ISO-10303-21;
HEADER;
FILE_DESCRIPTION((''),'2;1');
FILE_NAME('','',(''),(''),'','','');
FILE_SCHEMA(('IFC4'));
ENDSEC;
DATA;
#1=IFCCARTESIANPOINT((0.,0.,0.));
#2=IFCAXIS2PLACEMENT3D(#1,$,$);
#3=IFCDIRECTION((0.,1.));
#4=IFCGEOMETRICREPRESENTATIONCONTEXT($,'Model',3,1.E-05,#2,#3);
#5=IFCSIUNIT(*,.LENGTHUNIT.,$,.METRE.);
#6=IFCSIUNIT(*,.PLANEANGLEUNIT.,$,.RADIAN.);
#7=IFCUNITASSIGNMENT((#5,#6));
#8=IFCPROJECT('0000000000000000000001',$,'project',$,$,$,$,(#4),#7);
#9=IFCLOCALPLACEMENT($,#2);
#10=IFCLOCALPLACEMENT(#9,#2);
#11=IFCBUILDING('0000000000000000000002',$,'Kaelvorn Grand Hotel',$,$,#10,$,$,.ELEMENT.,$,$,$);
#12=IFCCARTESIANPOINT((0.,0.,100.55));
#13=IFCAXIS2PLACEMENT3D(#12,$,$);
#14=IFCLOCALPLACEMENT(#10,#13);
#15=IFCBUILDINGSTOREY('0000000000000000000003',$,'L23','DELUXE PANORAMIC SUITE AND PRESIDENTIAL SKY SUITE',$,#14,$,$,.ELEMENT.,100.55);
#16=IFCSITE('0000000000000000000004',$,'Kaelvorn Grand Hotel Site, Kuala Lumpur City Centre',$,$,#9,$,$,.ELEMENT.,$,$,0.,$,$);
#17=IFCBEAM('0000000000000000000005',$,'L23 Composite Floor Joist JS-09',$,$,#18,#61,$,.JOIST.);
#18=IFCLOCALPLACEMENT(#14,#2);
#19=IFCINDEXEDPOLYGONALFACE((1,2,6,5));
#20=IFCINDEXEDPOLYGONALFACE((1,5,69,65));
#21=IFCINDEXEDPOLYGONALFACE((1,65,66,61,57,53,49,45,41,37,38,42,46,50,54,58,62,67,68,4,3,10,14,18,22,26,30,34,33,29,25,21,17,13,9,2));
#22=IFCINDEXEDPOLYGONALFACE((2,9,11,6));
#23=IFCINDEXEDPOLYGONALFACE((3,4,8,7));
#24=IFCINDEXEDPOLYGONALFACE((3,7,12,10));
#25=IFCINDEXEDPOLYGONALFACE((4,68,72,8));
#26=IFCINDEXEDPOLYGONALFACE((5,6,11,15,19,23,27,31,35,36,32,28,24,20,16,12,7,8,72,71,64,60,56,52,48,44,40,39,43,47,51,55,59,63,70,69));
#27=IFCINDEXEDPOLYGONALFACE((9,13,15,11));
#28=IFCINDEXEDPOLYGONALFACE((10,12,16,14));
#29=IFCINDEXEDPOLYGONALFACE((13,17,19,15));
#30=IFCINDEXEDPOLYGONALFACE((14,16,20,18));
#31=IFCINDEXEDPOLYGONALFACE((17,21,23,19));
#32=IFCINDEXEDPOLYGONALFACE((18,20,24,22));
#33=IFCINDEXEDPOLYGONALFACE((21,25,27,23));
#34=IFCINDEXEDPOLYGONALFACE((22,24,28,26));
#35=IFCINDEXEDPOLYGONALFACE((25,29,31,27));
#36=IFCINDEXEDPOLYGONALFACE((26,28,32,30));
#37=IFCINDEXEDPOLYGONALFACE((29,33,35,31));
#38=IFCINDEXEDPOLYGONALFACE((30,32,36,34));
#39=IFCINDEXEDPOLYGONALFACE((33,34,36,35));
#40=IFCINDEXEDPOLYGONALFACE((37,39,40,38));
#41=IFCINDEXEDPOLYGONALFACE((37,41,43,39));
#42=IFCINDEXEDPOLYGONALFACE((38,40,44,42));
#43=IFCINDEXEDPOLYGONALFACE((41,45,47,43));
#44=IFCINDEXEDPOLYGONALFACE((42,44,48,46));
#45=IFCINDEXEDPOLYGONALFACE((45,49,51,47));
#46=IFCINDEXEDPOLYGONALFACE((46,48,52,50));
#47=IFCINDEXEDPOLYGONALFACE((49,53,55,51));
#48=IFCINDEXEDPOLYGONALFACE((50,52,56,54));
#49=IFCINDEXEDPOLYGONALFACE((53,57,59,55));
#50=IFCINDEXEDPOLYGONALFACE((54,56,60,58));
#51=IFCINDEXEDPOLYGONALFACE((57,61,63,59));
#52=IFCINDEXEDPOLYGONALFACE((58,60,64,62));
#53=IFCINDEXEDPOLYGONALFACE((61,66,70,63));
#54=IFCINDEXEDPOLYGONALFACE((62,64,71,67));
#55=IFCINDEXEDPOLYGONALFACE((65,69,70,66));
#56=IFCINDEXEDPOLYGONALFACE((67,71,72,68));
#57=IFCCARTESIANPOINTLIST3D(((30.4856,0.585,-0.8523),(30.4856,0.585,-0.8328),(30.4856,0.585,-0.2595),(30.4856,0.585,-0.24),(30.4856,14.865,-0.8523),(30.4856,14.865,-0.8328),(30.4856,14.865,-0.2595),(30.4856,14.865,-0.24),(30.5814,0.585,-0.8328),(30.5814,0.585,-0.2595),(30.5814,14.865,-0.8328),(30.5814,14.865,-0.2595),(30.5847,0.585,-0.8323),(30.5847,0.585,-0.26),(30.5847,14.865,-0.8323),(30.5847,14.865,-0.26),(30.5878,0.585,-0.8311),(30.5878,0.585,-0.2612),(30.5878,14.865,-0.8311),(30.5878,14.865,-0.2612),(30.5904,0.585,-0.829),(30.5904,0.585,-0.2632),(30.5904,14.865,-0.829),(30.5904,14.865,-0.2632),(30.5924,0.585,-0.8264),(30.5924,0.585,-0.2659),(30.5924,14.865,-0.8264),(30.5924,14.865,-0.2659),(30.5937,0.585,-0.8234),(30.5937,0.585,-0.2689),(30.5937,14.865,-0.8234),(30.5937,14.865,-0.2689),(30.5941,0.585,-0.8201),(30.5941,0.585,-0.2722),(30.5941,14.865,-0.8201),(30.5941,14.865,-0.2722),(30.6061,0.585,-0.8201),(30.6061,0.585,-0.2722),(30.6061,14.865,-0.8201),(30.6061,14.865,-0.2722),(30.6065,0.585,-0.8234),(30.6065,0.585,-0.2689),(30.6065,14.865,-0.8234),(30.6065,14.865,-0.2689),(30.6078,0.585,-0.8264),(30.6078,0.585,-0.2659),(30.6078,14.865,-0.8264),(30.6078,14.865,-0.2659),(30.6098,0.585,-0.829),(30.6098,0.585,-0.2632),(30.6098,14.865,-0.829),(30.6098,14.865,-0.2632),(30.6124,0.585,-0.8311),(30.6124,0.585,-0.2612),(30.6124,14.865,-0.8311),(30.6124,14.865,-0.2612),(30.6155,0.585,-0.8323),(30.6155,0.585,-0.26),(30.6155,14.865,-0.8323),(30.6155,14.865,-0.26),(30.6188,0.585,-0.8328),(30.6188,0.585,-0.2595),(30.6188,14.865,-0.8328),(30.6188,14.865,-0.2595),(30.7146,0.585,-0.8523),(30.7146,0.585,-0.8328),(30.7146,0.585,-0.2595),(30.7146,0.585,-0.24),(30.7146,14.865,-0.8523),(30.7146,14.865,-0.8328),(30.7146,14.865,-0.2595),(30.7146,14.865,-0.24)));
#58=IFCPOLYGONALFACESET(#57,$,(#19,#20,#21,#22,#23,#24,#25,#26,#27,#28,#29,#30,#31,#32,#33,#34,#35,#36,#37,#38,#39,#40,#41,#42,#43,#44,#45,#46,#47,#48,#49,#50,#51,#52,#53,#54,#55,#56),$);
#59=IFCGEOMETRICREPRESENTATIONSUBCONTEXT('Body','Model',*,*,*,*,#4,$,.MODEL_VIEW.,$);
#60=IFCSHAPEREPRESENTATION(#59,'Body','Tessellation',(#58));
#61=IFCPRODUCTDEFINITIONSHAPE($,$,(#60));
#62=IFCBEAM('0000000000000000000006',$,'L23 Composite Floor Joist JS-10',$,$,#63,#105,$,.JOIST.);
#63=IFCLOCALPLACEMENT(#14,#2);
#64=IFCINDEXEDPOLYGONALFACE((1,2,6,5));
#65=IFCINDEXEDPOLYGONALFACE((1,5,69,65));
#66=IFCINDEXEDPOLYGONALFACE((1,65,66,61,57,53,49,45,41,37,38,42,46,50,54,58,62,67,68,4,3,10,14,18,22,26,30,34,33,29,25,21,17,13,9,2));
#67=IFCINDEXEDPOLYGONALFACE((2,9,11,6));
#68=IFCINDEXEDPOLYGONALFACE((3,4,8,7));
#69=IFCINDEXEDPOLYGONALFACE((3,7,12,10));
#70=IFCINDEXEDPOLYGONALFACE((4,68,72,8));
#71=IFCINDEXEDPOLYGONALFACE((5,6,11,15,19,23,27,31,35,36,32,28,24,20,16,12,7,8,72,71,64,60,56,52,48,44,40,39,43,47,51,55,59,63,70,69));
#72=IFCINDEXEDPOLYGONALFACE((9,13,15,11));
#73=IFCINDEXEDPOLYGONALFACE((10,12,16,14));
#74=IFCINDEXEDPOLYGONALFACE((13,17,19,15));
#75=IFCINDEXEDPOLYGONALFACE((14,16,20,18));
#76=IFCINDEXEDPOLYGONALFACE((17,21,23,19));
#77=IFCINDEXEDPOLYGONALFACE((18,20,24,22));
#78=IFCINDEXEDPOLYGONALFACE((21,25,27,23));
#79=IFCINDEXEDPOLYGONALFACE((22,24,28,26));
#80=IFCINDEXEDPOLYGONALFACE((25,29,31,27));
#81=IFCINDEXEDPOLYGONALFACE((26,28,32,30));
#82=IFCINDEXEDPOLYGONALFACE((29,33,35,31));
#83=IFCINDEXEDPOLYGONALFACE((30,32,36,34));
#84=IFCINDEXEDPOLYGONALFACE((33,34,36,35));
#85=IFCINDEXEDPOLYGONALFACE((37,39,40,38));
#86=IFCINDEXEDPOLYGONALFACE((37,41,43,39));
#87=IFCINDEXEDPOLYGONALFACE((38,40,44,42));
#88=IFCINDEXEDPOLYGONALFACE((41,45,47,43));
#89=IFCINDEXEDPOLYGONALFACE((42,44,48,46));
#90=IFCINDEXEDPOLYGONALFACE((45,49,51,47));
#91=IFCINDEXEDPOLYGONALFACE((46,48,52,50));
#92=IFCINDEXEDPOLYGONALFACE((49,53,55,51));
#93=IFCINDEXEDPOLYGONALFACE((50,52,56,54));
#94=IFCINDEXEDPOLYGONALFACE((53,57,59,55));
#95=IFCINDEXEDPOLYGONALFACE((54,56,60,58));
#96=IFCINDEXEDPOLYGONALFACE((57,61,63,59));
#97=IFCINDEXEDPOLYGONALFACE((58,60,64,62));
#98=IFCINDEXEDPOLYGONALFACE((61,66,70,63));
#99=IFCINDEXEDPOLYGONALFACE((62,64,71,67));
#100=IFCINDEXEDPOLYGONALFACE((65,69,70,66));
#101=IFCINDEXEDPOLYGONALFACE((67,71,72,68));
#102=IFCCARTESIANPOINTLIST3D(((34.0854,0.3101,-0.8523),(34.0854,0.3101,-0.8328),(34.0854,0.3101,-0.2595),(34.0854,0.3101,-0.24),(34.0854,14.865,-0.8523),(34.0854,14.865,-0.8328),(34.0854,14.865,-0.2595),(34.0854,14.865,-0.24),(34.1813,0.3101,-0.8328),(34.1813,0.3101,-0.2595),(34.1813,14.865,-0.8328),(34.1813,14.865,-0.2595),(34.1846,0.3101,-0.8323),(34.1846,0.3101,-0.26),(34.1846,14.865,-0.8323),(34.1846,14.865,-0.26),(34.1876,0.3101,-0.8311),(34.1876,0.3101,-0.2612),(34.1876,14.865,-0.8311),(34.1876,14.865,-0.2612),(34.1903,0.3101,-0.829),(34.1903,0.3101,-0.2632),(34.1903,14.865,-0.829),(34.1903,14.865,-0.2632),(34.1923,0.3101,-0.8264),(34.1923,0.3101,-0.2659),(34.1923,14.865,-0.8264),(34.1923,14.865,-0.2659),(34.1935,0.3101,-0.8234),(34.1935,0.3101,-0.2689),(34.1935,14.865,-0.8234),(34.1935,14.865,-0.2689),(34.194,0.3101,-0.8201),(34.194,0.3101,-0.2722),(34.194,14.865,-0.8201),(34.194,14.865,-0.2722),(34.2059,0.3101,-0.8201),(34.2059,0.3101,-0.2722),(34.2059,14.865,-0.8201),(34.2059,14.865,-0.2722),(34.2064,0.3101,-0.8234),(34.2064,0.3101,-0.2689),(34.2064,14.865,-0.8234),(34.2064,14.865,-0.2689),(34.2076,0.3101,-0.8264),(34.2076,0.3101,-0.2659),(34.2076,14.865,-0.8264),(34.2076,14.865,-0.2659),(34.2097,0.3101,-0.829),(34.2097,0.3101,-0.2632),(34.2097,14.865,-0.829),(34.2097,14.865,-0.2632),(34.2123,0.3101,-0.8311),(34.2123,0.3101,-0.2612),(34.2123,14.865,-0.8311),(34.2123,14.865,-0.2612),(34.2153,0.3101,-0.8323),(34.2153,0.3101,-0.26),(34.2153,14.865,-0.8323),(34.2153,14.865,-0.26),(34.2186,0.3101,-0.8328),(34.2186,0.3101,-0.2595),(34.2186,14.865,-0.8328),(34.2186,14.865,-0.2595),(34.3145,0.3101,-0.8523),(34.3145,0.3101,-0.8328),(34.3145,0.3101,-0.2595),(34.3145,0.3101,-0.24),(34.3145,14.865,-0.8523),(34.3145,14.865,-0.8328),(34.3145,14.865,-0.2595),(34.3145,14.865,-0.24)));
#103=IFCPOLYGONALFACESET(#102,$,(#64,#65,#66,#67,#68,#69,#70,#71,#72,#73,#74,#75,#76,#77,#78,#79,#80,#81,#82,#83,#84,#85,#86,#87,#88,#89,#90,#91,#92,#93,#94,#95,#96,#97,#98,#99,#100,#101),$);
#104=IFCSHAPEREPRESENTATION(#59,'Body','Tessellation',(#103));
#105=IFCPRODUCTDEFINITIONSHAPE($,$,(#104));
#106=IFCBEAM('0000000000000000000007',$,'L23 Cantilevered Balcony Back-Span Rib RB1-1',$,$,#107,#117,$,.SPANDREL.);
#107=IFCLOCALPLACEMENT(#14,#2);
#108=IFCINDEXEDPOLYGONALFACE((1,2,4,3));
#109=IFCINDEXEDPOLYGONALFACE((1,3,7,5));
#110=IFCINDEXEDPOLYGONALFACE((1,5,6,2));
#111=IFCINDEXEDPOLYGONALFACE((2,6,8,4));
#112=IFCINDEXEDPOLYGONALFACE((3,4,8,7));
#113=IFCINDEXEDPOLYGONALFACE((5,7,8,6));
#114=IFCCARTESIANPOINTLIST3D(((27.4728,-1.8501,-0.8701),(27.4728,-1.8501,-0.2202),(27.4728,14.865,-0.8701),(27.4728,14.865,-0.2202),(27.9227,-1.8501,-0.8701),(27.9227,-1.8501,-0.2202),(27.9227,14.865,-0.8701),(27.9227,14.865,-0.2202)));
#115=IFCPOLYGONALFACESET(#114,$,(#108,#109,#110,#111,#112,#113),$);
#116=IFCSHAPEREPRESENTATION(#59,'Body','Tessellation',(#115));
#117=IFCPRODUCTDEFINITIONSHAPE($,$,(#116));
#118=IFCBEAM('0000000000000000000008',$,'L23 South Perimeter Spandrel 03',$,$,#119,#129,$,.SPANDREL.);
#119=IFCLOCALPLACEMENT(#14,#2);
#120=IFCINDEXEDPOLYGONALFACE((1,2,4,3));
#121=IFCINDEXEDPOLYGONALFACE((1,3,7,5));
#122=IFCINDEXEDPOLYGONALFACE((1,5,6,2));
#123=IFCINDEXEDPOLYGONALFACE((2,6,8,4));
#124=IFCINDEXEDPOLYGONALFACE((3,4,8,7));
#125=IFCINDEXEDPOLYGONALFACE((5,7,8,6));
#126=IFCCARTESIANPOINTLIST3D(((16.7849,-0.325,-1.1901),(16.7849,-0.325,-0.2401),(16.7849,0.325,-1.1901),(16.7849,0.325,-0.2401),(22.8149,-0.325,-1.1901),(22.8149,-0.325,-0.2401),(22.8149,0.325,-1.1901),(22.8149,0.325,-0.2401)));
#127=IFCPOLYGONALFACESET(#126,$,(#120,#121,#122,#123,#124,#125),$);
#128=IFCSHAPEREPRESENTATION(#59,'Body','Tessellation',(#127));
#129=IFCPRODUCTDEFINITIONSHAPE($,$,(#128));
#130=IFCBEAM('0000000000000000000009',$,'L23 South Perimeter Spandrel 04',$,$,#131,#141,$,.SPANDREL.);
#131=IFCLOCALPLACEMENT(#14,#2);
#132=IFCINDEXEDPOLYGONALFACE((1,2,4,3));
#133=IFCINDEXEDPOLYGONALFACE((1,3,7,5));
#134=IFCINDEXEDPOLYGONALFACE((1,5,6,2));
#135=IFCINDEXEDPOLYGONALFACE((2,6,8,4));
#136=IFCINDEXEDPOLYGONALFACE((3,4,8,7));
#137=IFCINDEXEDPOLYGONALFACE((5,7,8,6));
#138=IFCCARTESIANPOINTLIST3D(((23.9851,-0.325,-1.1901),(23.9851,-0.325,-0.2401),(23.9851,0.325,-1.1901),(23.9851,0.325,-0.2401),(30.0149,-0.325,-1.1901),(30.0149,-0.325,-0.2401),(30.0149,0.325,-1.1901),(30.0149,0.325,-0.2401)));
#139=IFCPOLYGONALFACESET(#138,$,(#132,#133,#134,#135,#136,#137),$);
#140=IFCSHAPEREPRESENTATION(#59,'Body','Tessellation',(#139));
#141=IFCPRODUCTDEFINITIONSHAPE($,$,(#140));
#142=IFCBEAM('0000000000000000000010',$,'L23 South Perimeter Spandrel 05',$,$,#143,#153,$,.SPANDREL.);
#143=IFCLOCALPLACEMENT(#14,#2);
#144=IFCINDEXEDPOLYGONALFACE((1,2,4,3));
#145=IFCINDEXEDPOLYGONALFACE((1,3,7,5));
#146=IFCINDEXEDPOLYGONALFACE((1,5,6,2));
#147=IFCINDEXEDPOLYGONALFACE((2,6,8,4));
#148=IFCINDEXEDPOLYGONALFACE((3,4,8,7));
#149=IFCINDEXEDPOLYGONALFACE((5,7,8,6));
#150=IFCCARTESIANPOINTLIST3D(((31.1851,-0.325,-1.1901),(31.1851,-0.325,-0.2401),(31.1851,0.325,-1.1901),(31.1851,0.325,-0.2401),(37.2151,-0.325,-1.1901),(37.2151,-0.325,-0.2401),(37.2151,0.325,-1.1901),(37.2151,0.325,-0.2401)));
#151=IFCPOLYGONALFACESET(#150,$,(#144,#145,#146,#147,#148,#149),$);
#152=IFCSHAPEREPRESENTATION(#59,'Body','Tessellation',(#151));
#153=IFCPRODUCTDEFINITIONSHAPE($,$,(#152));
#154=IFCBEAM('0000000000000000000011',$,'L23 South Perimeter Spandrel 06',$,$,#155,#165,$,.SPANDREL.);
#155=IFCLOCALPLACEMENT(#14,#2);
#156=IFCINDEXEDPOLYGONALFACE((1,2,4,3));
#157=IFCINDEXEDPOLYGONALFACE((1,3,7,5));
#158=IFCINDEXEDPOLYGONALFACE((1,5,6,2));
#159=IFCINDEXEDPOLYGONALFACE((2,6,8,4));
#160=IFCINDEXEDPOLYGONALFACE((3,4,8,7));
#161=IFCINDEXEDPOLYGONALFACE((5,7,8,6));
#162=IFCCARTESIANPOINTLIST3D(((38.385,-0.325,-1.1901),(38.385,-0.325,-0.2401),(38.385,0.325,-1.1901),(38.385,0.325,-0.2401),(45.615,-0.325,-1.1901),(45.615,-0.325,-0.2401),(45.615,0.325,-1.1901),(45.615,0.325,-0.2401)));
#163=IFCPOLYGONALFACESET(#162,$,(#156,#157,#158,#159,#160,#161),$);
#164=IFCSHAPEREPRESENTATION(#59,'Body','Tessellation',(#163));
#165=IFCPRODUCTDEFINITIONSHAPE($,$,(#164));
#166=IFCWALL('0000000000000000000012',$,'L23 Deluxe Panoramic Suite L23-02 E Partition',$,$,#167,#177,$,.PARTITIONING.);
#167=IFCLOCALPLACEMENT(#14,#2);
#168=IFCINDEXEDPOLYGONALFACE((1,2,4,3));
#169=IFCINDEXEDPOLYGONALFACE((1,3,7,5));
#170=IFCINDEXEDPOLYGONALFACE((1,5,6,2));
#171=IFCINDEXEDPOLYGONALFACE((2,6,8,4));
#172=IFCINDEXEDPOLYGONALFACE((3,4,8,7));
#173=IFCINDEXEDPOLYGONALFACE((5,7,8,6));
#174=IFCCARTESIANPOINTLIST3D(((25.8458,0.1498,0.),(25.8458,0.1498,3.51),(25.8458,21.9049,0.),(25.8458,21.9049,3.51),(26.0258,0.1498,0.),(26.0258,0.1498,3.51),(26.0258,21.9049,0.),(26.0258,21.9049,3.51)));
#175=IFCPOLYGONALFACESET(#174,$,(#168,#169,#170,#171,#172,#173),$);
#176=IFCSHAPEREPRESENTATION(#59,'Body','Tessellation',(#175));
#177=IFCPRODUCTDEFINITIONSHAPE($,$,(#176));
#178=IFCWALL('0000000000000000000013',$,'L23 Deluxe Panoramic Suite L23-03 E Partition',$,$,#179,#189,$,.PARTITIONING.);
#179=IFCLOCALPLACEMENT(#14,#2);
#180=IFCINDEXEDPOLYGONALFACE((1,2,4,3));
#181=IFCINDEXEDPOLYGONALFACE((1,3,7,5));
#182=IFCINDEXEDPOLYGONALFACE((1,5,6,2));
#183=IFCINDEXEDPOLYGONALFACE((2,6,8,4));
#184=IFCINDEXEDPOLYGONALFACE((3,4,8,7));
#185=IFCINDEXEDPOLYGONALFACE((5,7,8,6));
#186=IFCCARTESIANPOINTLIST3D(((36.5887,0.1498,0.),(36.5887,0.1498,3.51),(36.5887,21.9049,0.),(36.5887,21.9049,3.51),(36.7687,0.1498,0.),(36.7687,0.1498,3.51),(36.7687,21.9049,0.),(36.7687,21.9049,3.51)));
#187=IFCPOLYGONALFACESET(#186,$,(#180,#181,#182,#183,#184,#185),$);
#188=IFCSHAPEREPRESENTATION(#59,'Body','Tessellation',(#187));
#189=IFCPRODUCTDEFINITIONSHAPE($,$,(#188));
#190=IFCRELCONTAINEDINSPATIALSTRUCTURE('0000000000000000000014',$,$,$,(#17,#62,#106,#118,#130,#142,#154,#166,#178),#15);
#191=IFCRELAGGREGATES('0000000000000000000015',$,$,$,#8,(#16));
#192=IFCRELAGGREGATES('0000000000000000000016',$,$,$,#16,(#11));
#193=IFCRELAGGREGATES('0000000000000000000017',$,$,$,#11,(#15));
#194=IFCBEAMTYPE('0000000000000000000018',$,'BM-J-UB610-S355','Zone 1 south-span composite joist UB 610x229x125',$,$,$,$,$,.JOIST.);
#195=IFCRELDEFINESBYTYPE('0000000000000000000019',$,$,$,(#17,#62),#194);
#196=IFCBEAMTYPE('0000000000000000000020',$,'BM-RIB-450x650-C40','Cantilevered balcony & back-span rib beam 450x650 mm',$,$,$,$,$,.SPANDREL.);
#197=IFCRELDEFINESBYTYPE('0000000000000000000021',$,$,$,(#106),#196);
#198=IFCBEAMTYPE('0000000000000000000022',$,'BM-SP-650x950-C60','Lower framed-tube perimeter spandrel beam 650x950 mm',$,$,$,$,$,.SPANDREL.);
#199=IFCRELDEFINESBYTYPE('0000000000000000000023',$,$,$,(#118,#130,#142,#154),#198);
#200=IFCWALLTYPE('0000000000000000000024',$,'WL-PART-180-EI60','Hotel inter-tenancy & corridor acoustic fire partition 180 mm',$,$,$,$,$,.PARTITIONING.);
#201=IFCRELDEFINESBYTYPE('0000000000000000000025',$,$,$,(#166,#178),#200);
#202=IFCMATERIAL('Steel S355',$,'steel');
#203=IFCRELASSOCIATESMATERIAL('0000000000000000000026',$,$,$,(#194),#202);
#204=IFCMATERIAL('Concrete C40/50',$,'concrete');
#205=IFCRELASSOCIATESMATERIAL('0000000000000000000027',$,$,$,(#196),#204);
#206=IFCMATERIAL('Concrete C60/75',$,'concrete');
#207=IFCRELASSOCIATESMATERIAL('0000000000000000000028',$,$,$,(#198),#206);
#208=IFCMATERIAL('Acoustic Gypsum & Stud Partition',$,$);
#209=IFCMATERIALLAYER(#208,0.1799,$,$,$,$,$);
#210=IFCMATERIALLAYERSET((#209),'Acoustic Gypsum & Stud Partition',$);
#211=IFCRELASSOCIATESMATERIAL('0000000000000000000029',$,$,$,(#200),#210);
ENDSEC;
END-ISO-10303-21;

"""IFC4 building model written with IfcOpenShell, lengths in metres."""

from ifc_helpers import new_model, si_unit, direction, frame, frame_2d, origin, origin_2d, place, context, subcontext, project, spatial, rectangle, i_section, extrude, material, layer, layer_set, material_profile, profile_set, type_object, element, save


model = new_model("IFC4")

# Units and contexts
model_context = context("Model", 3, precision=1e-05, world=origin(), true_north=direction((0.0, 1.0)))
body_context = subcontext(model_context, "Body", "Model", "MODEL_VIEW")
ifc_project = project(units=[si_unit("LENGTHUNIT", "METRE"), si_unit("PLANEANGLEUNIT", "RADIAN")], contexts=[model_context])

# Site, building, storey
site_placement = place(None, origin())
site = spatial("IfcSite", under=ifc_project, at=site_placement, Name="Kaelvorn Grand Hotel Site, Kuala Lumpur City Centre", CompositionType="ELEMENT", RefElevation=0.0)
building_placement = place(site_placement, origin())
building = spatial("IfcBuilding", under=site, at=building_placement, Name="Kaelvorn Grand Hotel", CompositionType="ELEMENT")
storey_placement = place(building_placement, frame((0.0, 0.0, 100.55)))
storey = spatial("IfcBuildingStorey", under=building, at=storey_placement, Name="L23", Description="DELUXE PANORAMIC SUITE AND PRESIDENTIAL SKY SUITE", CompositionType="ELEMENT", Elevation=100.55)

# Shared definitions
ifc_material_1 = material(Name="Concrete C60/75", Category="concrete")

# Beams
ifc_material_2 = material(Name="Steel S355", Category="steel")
ifc_material_profile_1 = material_profile(ifc_material_2, i_section(OverallWidth=0.229, OverallDepth=0.6123, WebThickness=0.012, FlangeThickness=0.0195, FilletRadius=0.0127, at=origin_2d()), Name="UB 610x229x125")
ifc_profile_set_1 = profile_set([ifc_material_profile_1], Name="Steel S355")
beam_type_1 = type_object("IfcBeamType", Name="BM-J-UB610-S355", Description="Zone 1 south-span composite joist UB 610x229x125", PredefinedType="JOIST", material=ifc_profile_set_1)
for number, where, z_axis, x_axis, name in (
    (1, (30.6001, 0.585, -0.5461), (0.0, 1.0, 0.0), (-1.0, 0.0, 0.0), "L23 Composite Floor Joist JS-09"),
):
    element("IfcBeam", number, at=place(storey_placement, frame(where, z_axis=z_axis, x_axis=x_axis)), inside=storey, type_object=beam_type_1, Name=name, PredefinedType="JOIST", context=body_context, shape_type="SweptSolid", body=[
        extrude(i_section(OverallWidth=0.229, OverallDepth=0.6123, WebThickness=0.012, FlangeThickness=0.0195, FilletRadius=0.0127, at=origin_2d()), origin(), (0.0, 0.0, 1.0), 14.28),
    ])
beam_1_placement = place(storey_placement, frame((34.2, 0.3101, -0.5461), z_axis=(0.0, 1.0, 0.0), x_axis=(-1.0, 0.0, 0.0)))
element("IfcBeam", 2, at=beam_1_placement, inside=storey, type_object=beam_type_1, Name="L23 Composite Floor Joist JS-10", PredefinedType="JOIST", context=body_context, shape_type="SweptSolid", body=[
    extrude(i_section(OverallWidth=0.229, OverallDepth=0.6123, WebThickness=0.012, FlangeThickness=0.0195, FilletRadius=0.0127, at=origin_2d()), origin(), (0.0, 0.0, 1.0), 14.5549),
])
ifc_material_3 = material(Name="Concrete C40/50", Category="concrete")
ifc_material_profile_2 = material_profile(ifc_material_3, rectangle(XDim=0.45, YDim=0.6499, at=origin_2d()), Name="RC RIB 450x650")
ifc_profile_set_2 = profile_set([ifc_material_profile_2], Name="Concrete C40/50")
beam_type_2 = type_object("IfcBeamType", Name="BM-RIB-450x650-C40", Description="Cantilevered balcony & back-span rib beam 450x650 mm", PredefinedType="SPANDREL", material=ifc_profile_set_2)
beam_2_placement = place(storey_placement, frame((27.6978, -1.8501, -0.5452), z_axis=(0.0, 1.0, 0.0), x_axis=(-1.0, 0.0, 0.0)))
element("IfcBeam", 3, at=beam_2_placement, inside=storey, type_object=beam_type_2, Name="L23 Cantilevered Balcony Back-Span Rib RB1-1", PredefinedType="SPANDREL", context=body_context, shape_type="SweptSolid", body=[
    extrude(rectangle(XDim=0.45, YDim=0.6499, at=origin_2d()), origin(), (0.0, 0.0, 1.0), 16.7151),
])
ifc_material_profile_3 = material_profile(ifc_material_1, rectangle(XDim=0.6499, YDim=0.95, at=origin_2d()), Name="RC SPANDREL 650x950")
ifc_profile_set_3 = profile_set([ifc_material_profile_3], Name="Concrete C60/75")
beam_type_3 = type_object("IfcBeamType", Name="BM-SP-650x950-C60", Description="Lower framed-tube perimeter spandrel beam 650x950 mm", PredefinedType="SPANDREL", material=ifc_profile_set_3)
beam_3_placement = place(storey_placement, frame((16.7849, 0.0, -0.7151), z_axis=(1.0, 0.0, 0.0), x_axis=(0.0, 1.0, 0.0)))
element("IfcBeam", 4, at=beam_3_placement, inside=storey, type_object=beam_type_3, Name="L23 South Perimeter Spandrel 03", PredefinedType="SPANDREL", context=body_context, shape_type="SweptSolid", body=[
    extrude(rectangle(XDim=0.6499, YDim=0.95, at=origin_2d()), origin(), (0.0, 0.0, 1.0), 6.03),
])
beam_4_placement = place(storey_placement, frame((23.9851, 0.0, -0.7151), z_axis=(1.0, 0.0, 0.0), x_axis=(0.0, 1.0, 0.0)))
element("IfcBeam", 5, at=beam_4_placement, inside=storey, type_object=beam_type_3, Name="L23 South Perimeter Spandrel 04", PredefinedType="SPANDREL", context=body_context, shape_type="SweptSolid", body=[
    extrude(rectangle(XDim=0.6499, YDim=0.95, at=origin_2d()), origin(), (0.0, 0.0, 1.0), 6.0298),
])
beam_5_placement = place(storey_placement, frame((31.1851, 0.0, -0.7151), z_axis=(1.0, 0.0, 0.0), x_axis=(0.0, 1.0, 0.0)))
element("IfcBeam", 6, at=beam_5_placement, inside=storey, type_object=beam_type_3, Name="L23 South Perimeter Spandrel 05", PredefinedType="SPANDREL", context=body_context, shape_type="SweptSolid", body=[
    extrude(rectangle(XDim=0.6499, YDim=0.95, at=origin_2d()), origin(), (0.0, 0.0, 1.0), 6.03),
])
beam_6_placement = place(storey_placement, frame((38.385, 0.0, -0.7151), z_axis=(1.0, 0.0, 0.0), x_axis=(0.0, 1.0, 0.0)))
element("IfcBeam", 7, at=beam_6_placement, inside=storey, type_object=beam_type_3, Name="L23 South Perimeter Spandrel 06", PredefinedType="SPANDREL", context=body_context, shape_type="SweptSolid", body=[
    extrude(rectangle(XDim=0.6499, YDim=0.95, at=origin_2d()), origin(), (0.0, 0.0, 1.0), 7.23),
])

# Walls
ifc_material_4 = material(Name="Acoustic Gypsum & Stud Partition")
ifc_layer_1 = layer(ifc_material_4, 0.1799)
ifc_layer_set_1 = layer_set([ifc_layer_1], Name="Acoustic Gypsum & Stud Partition")
wall_type_1 = type_object("IfcWallType", Name="WL-PART-180-EI60", Description="Hotel inter-tenancy & corridor acoustic fire partition 180 mm", PredefinedType="PARTITIONING", material=ifc_layer_set_1)
for number, where, z_axis, x_axis, name in (
    (8, (25.9358, 0.1499, 0.0), (0.0, 0.0, 1.0), (0.0, 1.0, 0.0), "L23 Deluxe Panoramic Suite L23-02 E Partition"),
    (9, (36.6787, 0.1499, 0.0), (0.0, 0.0, 1.0), (0.0, 1.0, 0.0), "L23 Deluxe Panoramic Suite L23-03 E Partition"),
):
    element("IfcWall", number, at=place(storey_placement, frame(where, z_axis=z_axis, x_axis=x_axis)), inside=storey, type_object=wall_type_1, Name=name, PredefinedType="PARTITIONING", context=body_context, shape_type="SweptSolid", body=[
        extrude(rectangle(XDim=21.7551, YDim=0.1799, at=frame_2d((10.8774, 0.0))), origin(), (0.0, 0.0, 1.0), 3.51),
    ])

save(model, "model.ifc")
